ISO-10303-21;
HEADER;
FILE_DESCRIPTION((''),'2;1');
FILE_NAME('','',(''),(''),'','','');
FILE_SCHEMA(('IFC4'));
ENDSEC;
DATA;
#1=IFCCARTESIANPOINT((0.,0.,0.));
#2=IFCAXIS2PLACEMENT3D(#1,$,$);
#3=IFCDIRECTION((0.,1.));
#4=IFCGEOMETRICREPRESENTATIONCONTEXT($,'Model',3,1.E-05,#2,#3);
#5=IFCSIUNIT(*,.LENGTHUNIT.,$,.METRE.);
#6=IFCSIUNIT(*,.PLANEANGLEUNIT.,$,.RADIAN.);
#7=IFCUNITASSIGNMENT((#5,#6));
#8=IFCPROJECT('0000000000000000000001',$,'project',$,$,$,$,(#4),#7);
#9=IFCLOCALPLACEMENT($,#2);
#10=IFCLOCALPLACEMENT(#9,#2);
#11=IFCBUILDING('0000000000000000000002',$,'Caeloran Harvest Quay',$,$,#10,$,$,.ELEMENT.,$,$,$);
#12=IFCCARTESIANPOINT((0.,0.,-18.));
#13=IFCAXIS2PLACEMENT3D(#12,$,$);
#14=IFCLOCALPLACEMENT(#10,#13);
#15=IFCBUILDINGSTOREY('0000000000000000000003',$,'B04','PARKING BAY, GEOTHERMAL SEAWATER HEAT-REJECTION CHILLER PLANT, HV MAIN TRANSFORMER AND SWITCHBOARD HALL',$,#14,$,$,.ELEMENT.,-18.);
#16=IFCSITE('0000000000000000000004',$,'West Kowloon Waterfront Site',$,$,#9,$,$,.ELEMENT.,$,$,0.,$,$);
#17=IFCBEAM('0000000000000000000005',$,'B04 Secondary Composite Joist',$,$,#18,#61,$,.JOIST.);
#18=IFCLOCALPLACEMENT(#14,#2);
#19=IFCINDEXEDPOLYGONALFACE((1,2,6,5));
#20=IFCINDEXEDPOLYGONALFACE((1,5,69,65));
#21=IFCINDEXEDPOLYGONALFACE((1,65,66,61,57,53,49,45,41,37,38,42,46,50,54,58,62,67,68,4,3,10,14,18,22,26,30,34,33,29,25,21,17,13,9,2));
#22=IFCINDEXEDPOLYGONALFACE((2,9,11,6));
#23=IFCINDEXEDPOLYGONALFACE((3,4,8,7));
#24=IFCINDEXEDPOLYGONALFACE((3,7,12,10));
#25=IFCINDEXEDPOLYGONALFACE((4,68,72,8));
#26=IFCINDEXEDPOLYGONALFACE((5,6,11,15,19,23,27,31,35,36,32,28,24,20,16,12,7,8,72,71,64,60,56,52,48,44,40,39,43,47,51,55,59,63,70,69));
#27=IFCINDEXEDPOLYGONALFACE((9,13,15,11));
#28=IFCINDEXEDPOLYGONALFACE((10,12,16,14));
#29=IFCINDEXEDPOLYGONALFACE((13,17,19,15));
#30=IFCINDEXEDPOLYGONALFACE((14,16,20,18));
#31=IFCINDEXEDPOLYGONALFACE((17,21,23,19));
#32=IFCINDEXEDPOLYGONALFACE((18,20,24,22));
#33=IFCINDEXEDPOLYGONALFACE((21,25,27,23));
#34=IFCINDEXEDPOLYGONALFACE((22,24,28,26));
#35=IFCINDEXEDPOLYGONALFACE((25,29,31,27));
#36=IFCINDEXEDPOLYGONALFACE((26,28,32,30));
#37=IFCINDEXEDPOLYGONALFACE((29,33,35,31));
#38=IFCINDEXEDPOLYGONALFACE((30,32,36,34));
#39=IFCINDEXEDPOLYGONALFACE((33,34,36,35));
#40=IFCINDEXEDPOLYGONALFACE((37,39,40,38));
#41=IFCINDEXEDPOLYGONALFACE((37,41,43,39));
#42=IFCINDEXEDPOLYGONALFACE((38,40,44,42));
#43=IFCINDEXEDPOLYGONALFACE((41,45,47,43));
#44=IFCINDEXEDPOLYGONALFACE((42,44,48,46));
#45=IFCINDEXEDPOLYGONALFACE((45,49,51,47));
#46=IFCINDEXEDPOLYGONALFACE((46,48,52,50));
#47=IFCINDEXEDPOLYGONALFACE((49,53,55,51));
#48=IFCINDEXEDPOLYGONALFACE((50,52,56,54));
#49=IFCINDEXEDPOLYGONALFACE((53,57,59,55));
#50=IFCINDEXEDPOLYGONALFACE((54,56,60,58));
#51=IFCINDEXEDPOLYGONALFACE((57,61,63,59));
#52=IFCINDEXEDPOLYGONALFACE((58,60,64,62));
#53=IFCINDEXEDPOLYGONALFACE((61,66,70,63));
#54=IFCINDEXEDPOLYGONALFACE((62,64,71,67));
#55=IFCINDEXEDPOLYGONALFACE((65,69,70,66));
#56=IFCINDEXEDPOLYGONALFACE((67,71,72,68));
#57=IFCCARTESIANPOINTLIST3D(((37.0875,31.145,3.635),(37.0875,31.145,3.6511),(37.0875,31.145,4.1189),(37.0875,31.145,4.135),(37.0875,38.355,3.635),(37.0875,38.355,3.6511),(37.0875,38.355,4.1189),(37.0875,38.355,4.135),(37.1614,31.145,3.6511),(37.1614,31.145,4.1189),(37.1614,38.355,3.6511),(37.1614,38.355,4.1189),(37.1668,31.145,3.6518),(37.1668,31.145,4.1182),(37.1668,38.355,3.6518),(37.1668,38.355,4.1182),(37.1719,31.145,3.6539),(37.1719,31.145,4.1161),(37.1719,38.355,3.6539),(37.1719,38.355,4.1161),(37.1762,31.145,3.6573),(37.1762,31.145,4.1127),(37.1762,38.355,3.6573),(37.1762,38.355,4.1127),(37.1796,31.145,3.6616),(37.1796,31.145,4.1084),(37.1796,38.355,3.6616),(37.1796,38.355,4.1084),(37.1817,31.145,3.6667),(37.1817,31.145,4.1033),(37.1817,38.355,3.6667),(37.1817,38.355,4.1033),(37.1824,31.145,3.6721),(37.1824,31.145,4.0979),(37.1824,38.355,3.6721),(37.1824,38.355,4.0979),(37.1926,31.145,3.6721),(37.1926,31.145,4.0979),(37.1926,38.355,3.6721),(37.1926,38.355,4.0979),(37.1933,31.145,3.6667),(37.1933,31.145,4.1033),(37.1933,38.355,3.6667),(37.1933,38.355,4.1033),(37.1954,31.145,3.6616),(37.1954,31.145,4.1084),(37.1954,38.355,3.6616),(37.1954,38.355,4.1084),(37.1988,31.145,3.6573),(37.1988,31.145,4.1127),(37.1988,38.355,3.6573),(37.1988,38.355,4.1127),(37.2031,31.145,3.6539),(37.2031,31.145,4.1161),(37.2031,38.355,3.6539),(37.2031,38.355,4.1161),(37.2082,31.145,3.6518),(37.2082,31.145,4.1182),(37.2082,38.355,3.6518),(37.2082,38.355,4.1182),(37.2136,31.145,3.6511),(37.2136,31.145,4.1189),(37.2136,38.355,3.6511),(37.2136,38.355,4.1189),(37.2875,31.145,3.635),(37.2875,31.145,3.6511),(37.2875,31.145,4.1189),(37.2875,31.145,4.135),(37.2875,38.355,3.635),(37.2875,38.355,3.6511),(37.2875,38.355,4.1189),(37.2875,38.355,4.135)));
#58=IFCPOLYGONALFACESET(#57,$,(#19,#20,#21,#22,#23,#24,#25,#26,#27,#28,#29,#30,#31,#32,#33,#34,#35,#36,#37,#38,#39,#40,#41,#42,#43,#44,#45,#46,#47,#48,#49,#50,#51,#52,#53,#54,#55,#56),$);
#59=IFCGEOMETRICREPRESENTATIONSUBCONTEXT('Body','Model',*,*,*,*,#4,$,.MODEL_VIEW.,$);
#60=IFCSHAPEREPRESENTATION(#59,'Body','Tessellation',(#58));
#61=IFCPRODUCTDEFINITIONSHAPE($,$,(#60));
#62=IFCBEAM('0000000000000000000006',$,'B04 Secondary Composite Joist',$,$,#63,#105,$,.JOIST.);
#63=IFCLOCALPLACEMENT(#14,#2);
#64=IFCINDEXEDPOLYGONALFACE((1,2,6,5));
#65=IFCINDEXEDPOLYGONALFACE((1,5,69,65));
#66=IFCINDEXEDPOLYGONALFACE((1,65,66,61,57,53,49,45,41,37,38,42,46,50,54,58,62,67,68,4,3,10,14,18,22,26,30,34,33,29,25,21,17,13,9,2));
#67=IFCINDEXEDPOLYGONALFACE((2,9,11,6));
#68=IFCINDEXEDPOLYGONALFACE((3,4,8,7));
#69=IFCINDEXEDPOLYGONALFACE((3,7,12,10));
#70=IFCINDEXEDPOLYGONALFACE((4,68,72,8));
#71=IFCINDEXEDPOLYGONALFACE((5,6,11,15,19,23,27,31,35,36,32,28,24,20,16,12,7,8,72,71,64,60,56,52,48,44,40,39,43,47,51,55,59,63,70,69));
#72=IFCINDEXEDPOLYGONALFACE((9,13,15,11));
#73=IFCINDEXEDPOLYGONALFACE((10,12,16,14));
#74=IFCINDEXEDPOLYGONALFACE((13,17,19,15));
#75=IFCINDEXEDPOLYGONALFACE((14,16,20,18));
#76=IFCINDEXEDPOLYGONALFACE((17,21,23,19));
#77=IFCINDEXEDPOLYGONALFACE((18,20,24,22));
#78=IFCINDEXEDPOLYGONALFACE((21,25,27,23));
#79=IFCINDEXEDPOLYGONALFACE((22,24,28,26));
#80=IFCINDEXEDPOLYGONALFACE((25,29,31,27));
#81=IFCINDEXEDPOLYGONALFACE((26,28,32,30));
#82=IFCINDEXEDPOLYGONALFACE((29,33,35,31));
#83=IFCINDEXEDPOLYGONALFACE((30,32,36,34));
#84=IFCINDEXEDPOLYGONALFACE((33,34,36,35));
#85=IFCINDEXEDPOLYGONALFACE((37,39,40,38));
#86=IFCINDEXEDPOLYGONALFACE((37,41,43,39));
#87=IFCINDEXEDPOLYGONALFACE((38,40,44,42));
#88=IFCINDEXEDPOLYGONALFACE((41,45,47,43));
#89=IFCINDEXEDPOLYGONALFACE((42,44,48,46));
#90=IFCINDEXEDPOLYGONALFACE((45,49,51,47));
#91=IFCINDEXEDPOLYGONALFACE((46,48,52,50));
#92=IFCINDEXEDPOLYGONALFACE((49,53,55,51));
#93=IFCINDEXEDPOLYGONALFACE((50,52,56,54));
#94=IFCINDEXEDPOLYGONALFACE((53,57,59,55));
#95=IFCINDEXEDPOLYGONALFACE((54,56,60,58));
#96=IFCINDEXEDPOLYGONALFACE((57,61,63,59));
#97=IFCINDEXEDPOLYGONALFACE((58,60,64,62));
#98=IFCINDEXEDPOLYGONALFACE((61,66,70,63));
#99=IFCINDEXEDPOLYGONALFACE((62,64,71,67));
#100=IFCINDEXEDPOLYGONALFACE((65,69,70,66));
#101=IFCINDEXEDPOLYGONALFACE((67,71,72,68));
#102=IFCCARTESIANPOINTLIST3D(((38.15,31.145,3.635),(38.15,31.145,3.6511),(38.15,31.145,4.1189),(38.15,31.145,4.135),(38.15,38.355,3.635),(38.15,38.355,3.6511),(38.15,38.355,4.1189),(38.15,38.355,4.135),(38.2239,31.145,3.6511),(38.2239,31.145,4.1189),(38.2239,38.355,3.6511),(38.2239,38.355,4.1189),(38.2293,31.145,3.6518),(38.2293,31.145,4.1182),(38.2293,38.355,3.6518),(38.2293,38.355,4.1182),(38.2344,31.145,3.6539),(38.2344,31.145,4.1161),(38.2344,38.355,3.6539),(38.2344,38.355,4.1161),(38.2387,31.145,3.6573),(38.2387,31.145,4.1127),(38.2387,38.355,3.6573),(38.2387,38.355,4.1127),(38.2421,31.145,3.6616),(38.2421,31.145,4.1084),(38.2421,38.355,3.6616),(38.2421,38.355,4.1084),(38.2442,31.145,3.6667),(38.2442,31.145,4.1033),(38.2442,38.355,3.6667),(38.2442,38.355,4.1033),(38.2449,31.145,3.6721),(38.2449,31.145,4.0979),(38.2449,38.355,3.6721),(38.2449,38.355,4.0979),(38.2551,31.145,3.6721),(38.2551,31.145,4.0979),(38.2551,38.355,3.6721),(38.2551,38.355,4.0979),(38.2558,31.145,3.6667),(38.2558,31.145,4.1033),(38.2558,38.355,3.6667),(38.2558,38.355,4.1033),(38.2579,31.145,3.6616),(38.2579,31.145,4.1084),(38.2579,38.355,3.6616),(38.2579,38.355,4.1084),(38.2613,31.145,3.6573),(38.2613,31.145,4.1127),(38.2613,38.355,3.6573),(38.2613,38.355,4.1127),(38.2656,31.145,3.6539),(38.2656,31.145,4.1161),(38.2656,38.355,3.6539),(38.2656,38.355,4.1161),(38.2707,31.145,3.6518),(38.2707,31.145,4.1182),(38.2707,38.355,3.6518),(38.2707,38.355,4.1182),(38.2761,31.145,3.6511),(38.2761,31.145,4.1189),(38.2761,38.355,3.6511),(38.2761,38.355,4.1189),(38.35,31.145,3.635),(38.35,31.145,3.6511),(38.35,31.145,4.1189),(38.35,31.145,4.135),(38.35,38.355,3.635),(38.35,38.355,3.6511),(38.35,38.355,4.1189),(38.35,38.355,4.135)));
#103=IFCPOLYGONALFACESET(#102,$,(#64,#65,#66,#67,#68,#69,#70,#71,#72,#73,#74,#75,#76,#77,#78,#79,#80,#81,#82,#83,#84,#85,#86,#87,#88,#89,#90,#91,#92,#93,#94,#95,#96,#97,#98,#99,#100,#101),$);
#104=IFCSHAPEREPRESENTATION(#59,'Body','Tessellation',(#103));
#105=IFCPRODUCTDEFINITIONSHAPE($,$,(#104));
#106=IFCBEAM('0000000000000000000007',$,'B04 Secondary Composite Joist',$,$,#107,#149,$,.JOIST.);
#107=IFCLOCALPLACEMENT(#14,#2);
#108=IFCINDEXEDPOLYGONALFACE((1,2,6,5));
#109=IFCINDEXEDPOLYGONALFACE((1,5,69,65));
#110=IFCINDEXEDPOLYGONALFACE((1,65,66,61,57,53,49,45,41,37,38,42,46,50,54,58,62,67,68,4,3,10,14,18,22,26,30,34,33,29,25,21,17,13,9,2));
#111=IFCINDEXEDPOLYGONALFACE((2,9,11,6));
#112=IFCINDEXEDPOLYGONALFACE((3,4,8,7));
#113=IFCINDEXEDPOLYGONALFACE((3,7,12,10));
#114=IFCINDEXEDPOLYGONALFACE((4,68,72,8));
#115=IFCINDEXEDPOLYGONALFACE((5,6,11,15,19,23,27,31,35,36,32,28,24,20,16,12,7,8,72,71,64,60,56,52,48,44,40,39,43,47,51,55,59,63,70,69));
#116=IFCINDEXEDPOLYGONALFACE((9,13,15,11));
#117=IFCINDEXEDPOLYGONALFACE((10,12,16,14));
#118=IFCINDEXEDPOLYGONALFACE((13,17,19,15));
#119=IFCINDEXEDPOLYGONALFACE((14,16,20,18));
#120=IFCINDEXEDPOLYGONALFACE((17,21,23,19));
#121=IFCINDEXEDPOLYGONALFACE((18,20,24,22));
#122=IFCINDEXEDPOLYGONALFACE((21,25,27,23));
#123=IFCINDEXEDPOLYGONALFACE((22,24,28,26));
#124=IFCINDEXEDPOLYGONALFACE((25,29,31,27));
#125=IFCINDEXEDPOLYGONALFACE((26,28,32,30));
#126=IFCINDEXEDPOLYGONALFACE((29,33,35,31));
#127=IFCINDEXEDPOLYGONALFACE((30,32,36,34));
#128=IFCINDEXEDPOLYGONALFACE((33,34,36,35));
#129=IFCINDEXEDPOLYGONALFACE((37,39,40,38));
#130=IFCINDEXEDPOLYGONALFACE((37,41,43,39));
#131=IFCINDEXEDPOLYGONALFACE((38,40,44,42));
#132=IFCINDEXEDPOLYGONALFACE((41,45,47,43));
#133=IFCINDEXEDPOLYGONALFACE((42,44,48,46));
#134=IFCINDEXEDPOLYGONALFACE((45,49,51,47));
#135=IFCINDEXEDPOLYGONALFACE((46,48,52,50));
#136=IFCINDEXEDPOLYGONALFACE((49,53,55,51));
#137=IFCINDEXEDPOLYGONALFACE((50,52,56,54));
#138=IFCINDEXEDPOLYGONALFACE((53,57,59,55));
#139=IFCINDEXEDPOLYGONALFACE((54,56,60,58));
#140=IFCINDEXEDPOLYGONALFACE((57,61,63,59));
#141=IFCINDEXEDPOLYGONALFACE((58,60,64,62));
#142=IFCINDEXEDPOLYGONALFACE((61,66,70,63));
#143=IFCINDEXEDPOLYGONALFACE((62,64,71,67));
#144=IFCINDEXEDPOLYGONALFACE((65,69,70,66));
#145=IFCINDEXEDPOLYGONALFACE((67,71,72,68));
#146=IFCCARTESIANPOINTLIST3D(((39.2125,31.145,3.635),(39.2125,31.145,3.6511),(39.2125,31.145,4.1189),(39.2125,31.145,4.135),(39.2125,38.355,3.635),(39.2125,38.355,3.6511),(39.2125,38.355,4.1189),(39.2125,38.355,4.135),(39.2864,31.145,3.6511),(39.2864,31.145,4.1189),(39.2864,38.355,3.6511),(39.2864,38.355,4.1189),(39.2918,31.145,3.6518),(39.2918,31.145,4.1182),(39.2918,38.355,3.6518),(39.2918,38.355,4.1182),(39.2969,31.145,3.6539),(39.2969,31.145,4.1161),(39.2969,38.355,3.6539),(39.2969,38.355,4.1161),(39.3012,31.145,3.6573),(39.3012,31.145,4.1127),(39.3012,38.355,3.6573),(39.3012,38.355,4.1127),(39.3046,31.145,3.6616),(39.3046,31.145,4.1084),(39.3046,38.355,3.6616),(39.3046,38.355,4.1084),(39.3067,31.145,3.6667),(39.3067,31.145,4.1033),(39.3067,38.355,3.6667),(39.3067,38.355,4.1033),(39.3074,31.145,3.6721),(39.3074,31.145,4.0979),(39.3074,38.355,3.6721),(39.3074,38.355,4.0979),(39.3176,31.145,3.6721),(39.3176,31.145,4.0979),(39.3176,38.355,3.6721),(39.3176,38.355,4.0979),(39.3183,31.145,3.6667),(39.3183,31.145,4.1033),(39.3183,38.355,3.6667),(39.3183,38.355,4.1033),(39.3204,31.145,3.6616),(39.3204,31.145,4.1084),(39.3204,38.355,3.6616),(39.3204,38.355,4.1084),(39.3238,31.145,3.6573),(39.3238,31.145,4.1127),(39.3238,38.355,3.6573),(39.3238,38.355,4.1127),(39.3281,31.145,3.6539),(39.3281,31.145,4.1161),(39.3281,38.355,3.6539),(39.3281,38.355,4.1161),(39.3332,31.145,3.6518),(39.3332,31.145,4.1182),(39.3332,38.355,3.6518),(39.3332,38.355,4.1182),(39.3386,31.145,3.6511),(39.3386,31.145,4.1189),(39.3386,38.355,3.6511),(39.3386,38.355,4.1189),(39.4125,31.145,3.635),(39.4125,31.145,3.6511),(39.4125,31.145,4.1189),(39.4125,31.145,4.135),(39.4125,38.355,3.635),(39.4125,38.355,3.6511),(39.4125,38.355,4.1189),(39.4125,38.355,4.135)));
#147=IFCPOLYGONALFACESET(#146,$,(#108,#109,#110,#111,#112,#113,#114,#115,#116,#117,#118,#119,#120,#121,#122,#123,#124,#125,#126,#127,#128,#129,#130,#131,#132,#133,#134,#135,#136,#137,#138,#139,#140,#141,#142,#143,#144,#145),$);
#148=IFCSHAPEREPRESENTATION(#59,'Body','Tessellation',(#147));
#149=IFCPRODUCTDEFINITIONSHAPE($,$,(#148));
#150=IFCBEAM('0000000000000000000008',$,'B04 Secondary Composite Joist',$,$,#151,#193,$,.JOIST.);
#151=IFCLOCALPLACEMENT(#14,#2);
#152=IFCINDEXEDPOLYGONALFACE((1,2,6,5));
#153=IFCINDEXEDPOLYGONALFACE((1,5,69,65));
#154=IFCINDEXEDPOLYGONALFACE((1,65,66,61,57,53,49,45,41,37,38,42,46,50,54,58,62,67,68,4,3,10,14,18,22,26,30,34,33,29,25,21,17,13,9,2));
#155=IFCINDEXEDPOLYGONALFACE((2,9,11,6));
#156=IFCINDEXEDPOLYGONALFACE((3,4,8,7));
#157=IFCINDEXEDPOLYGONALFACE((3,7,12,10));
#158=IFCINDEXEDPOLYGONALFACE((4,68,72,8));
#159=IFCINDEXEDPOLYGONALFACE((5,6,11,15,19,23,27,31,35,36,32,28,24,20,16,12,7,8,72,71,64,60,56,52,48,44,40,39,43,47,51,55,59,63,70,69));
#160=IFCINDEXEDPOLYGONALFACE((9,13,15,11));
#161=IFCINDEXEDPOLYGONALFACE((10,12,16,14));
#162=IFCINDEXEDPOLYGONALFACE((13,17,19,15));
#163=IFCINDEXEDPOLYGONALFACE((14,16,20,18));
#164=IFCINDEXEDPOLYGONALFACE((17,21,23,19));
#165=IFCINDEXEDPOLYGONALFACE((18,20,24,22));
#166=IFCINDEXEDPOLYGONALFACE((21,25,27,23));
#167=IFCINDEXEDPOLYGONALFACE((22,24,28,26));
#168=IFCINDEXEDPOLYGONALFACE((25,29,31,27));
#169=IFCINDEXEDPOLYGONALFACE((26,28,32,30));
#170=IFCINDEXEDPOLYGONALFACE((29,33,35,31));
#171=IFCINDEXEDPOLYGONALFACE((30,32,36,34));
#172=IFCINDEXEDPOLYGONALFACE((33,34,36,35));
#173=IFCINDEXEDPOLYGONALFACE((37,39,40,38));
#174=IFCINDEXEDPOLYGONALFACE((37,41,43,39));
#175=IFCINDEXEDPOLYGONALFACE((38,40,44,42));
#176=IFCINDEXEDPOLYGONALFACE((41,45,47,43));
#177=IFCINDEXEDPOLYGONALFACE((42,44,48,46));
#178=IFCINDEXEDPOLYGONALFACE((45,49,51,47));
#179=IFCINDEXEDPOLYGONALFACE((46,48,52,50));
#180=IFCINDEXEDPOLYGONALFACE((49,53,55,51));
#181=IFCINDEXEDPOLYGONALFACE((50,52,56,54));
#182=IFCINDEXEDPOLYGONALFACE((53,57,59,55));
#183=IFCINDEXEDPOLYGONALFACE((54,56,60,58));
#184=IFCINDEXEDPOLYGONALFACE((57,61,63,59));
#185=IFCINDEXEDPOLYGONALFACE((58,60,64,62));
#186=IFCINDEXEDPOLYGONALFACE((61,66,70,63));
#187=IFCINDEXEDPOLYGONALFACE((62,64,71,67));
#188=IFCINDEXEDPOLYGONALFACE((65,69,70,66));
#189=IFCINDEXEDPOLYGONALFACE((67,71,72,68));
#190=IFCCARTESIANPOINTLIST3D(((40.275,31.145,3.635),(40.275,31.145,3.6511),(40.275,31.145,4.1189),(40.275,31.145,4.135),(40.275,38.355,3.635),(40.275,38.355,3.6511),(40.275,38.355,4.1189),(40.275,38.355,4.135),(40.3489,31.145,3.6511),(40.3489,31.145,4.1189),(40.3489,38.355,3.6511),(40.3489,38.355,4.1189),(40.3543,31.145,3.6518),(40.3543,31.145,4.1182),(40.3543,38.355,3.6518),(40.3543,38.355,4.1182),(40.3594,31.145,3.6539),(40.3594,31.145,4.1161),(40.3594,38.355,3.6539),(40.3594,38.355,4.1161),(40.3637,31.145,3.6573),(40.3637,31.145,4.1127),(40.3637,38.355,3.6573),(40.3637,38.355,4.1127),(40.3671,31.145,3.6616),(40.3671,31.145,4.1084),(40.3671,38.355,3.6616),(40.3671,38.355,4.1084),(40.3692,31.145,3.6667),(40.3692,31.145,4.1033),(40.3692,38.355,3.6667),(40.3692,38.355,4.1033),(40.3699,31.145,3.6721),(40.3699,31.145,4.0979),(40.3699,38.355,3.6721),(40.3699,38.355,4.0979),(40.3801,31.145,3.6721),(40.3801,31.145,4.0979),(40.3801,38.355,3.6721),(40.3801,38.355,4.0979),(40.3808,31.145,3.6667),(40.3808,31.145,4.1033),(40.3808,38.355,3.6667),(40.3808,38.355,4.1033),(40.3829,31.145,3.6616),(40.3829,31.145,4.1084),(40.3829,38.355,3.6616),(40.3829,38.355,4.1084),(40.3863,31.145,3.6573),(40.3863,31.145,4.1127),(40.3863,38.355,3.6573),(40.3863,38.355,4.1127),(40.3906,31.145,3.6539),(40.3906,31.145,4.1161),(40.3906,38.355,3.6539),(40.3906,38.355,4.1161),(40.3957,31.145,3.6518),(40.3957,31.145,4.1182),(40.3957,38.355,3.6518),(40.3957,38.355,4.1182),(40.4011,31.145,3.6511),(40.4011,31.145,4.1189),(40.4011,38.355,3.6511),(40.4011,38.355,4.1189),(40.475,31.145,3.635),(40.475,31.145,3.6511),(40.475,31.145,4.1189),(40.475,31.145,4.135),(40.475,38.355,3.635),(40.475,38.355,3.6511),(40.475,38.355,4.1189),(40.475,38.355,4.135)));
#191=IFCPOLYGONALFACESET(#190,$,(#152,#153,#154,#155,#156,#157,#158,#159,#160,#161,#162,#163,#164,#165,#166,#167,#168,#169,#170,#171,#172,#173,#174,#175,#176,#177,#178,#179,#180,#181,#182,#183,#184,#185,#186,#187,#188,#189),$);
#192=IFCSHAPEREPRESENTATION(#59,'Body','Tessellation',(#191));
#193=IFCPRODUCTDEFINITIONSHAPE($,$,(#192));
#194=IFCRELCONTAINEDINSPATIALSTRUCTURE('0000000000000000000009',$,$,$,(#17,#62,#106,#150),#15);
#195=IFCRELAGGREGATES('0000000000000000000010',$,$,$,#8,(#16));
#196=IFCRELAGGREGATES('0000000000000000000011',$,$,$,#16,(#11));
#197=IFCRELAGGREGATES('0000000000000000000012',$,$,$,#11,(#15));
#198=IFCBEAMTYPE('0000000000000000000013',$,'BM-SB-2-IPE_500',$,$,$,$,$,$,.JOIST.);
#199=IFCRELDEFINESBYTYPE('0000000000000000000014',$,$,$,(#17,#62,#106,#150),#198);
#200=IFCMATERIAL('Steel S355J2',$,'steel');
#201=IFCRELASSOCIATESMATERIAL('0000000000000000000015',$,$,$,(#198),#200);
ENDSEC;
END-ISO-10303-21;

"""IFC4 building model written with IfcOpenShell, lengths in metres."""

from ifc_helpers import new_model, si_unit, direction, frame, origin, origin_2d, place, context, subcontext, project, spatial, i_section, extrude, material, material_profile, profile_set, type_object, element, save


model = new_model("IFC4")

# Units and contexts
model_context = context("Model", 3, precision=1e-05, world=origin(), true_north=direction((0.0, 1.0)))
body_context = subcontext(model_context, "Body", "Model", "MODEL_VIEW")
ifc_project = project(units=[si_unit("LENGTHUNIT", "METRE"), si_unit("PLANEANGLEUNIT", "RADIAN")], contexts=[model_context])

# Site, building, storey
site_placement = place(None, origin())
site = spatial("IfcSite", under=ifc_project, at=site_placement, Name="West Kowloon Waterfront Site", CompositionType="ELEMENT", RefElevation=0.0)
building_placement = place(site_placement, origin())
building = spatial("IfcBuilding", under=site, at=building_placement, Name="Caeloran Harvest Quay", CompositionType="ELEMENT")
storey_placement = place(building_placement, frame((0.0, 0.0, -18.0)))
storey = spatial("IfcBuildingStorey", under=building, at=storey_placement, Name="B04", Description="PARKING BAY, GEOTHERMAL SEAWATER HEAT-REJECTION CHILLER PLANT, HV MAIN TRANSFORMER AND SWITCHBOARD HALL", CompositionType="ELEMENT", Elevation=-18.0)

# Beams
ifc_material_1 = material(Name="Steel S355J2", Category="steel")
ifc_material_profile_1 = material_profile(ifc_material_1, i_section(OverallWidth=0.2, OverallDepth=0.5, WebThickness=0.0103, FlangeThickness=0.0161, FilletRadius=0.021, at=origin_2d()), Name="IPE 500")
ifc_profile_set_1 = profile_set([ifc_material_profile_1], Name="Steel S355J2")
beam_type_1 = type_object("IfcBeamType", Name="BM-SB-2-IPE_500", PredefinedType="JOIST", material=ifc_profile_set_1)
for number, where, z_axis, x_axis, name in (
    (1, (37.1875, 31.145, 3.885), (0.0, 1.0, 0.0), (-1.0, 0.0, 0.0), "B04 Secondary Composite Joist"),
    (2, (38.25, 31.145, 3.885), (0.0, 1.0, 0.0), (-1.0, 0.0, 0.0), "B04 Secondary Composite Joist"),
    (3, (39.3125, 31.145, 3.885), (0.0, 1.0, 0.0), (-1.0, 0.0, 0.0), "B04 Secondary Composite Joist"),
    (4, (40.375, 31.145, 3.885), (0.0, 1.0, 0.0), (-1.0, 0.0, 0.0), "B04 Secondary Composite Joist"),
):
    element("IfcBeam", number, at=place(storey_placement, frame(where, z_axis=z_axis, x_axis=x_axis)), inside=storey, type_object=beam_type_1, Name=name, PredefinedType="JOIST", context=body_context, shape_type="SweptSolid", body=[
        extrude(i_section(OverallWidth=0.2, OverallDepth=0.5, WebThickness=0.0103, FlangeThickness=0.0161, FilletRadius=0.021, at=origin_2d()), origin(), (0.0, 0.0, 1.0), 7.21),
    ])

save(model, "model.ifc")
